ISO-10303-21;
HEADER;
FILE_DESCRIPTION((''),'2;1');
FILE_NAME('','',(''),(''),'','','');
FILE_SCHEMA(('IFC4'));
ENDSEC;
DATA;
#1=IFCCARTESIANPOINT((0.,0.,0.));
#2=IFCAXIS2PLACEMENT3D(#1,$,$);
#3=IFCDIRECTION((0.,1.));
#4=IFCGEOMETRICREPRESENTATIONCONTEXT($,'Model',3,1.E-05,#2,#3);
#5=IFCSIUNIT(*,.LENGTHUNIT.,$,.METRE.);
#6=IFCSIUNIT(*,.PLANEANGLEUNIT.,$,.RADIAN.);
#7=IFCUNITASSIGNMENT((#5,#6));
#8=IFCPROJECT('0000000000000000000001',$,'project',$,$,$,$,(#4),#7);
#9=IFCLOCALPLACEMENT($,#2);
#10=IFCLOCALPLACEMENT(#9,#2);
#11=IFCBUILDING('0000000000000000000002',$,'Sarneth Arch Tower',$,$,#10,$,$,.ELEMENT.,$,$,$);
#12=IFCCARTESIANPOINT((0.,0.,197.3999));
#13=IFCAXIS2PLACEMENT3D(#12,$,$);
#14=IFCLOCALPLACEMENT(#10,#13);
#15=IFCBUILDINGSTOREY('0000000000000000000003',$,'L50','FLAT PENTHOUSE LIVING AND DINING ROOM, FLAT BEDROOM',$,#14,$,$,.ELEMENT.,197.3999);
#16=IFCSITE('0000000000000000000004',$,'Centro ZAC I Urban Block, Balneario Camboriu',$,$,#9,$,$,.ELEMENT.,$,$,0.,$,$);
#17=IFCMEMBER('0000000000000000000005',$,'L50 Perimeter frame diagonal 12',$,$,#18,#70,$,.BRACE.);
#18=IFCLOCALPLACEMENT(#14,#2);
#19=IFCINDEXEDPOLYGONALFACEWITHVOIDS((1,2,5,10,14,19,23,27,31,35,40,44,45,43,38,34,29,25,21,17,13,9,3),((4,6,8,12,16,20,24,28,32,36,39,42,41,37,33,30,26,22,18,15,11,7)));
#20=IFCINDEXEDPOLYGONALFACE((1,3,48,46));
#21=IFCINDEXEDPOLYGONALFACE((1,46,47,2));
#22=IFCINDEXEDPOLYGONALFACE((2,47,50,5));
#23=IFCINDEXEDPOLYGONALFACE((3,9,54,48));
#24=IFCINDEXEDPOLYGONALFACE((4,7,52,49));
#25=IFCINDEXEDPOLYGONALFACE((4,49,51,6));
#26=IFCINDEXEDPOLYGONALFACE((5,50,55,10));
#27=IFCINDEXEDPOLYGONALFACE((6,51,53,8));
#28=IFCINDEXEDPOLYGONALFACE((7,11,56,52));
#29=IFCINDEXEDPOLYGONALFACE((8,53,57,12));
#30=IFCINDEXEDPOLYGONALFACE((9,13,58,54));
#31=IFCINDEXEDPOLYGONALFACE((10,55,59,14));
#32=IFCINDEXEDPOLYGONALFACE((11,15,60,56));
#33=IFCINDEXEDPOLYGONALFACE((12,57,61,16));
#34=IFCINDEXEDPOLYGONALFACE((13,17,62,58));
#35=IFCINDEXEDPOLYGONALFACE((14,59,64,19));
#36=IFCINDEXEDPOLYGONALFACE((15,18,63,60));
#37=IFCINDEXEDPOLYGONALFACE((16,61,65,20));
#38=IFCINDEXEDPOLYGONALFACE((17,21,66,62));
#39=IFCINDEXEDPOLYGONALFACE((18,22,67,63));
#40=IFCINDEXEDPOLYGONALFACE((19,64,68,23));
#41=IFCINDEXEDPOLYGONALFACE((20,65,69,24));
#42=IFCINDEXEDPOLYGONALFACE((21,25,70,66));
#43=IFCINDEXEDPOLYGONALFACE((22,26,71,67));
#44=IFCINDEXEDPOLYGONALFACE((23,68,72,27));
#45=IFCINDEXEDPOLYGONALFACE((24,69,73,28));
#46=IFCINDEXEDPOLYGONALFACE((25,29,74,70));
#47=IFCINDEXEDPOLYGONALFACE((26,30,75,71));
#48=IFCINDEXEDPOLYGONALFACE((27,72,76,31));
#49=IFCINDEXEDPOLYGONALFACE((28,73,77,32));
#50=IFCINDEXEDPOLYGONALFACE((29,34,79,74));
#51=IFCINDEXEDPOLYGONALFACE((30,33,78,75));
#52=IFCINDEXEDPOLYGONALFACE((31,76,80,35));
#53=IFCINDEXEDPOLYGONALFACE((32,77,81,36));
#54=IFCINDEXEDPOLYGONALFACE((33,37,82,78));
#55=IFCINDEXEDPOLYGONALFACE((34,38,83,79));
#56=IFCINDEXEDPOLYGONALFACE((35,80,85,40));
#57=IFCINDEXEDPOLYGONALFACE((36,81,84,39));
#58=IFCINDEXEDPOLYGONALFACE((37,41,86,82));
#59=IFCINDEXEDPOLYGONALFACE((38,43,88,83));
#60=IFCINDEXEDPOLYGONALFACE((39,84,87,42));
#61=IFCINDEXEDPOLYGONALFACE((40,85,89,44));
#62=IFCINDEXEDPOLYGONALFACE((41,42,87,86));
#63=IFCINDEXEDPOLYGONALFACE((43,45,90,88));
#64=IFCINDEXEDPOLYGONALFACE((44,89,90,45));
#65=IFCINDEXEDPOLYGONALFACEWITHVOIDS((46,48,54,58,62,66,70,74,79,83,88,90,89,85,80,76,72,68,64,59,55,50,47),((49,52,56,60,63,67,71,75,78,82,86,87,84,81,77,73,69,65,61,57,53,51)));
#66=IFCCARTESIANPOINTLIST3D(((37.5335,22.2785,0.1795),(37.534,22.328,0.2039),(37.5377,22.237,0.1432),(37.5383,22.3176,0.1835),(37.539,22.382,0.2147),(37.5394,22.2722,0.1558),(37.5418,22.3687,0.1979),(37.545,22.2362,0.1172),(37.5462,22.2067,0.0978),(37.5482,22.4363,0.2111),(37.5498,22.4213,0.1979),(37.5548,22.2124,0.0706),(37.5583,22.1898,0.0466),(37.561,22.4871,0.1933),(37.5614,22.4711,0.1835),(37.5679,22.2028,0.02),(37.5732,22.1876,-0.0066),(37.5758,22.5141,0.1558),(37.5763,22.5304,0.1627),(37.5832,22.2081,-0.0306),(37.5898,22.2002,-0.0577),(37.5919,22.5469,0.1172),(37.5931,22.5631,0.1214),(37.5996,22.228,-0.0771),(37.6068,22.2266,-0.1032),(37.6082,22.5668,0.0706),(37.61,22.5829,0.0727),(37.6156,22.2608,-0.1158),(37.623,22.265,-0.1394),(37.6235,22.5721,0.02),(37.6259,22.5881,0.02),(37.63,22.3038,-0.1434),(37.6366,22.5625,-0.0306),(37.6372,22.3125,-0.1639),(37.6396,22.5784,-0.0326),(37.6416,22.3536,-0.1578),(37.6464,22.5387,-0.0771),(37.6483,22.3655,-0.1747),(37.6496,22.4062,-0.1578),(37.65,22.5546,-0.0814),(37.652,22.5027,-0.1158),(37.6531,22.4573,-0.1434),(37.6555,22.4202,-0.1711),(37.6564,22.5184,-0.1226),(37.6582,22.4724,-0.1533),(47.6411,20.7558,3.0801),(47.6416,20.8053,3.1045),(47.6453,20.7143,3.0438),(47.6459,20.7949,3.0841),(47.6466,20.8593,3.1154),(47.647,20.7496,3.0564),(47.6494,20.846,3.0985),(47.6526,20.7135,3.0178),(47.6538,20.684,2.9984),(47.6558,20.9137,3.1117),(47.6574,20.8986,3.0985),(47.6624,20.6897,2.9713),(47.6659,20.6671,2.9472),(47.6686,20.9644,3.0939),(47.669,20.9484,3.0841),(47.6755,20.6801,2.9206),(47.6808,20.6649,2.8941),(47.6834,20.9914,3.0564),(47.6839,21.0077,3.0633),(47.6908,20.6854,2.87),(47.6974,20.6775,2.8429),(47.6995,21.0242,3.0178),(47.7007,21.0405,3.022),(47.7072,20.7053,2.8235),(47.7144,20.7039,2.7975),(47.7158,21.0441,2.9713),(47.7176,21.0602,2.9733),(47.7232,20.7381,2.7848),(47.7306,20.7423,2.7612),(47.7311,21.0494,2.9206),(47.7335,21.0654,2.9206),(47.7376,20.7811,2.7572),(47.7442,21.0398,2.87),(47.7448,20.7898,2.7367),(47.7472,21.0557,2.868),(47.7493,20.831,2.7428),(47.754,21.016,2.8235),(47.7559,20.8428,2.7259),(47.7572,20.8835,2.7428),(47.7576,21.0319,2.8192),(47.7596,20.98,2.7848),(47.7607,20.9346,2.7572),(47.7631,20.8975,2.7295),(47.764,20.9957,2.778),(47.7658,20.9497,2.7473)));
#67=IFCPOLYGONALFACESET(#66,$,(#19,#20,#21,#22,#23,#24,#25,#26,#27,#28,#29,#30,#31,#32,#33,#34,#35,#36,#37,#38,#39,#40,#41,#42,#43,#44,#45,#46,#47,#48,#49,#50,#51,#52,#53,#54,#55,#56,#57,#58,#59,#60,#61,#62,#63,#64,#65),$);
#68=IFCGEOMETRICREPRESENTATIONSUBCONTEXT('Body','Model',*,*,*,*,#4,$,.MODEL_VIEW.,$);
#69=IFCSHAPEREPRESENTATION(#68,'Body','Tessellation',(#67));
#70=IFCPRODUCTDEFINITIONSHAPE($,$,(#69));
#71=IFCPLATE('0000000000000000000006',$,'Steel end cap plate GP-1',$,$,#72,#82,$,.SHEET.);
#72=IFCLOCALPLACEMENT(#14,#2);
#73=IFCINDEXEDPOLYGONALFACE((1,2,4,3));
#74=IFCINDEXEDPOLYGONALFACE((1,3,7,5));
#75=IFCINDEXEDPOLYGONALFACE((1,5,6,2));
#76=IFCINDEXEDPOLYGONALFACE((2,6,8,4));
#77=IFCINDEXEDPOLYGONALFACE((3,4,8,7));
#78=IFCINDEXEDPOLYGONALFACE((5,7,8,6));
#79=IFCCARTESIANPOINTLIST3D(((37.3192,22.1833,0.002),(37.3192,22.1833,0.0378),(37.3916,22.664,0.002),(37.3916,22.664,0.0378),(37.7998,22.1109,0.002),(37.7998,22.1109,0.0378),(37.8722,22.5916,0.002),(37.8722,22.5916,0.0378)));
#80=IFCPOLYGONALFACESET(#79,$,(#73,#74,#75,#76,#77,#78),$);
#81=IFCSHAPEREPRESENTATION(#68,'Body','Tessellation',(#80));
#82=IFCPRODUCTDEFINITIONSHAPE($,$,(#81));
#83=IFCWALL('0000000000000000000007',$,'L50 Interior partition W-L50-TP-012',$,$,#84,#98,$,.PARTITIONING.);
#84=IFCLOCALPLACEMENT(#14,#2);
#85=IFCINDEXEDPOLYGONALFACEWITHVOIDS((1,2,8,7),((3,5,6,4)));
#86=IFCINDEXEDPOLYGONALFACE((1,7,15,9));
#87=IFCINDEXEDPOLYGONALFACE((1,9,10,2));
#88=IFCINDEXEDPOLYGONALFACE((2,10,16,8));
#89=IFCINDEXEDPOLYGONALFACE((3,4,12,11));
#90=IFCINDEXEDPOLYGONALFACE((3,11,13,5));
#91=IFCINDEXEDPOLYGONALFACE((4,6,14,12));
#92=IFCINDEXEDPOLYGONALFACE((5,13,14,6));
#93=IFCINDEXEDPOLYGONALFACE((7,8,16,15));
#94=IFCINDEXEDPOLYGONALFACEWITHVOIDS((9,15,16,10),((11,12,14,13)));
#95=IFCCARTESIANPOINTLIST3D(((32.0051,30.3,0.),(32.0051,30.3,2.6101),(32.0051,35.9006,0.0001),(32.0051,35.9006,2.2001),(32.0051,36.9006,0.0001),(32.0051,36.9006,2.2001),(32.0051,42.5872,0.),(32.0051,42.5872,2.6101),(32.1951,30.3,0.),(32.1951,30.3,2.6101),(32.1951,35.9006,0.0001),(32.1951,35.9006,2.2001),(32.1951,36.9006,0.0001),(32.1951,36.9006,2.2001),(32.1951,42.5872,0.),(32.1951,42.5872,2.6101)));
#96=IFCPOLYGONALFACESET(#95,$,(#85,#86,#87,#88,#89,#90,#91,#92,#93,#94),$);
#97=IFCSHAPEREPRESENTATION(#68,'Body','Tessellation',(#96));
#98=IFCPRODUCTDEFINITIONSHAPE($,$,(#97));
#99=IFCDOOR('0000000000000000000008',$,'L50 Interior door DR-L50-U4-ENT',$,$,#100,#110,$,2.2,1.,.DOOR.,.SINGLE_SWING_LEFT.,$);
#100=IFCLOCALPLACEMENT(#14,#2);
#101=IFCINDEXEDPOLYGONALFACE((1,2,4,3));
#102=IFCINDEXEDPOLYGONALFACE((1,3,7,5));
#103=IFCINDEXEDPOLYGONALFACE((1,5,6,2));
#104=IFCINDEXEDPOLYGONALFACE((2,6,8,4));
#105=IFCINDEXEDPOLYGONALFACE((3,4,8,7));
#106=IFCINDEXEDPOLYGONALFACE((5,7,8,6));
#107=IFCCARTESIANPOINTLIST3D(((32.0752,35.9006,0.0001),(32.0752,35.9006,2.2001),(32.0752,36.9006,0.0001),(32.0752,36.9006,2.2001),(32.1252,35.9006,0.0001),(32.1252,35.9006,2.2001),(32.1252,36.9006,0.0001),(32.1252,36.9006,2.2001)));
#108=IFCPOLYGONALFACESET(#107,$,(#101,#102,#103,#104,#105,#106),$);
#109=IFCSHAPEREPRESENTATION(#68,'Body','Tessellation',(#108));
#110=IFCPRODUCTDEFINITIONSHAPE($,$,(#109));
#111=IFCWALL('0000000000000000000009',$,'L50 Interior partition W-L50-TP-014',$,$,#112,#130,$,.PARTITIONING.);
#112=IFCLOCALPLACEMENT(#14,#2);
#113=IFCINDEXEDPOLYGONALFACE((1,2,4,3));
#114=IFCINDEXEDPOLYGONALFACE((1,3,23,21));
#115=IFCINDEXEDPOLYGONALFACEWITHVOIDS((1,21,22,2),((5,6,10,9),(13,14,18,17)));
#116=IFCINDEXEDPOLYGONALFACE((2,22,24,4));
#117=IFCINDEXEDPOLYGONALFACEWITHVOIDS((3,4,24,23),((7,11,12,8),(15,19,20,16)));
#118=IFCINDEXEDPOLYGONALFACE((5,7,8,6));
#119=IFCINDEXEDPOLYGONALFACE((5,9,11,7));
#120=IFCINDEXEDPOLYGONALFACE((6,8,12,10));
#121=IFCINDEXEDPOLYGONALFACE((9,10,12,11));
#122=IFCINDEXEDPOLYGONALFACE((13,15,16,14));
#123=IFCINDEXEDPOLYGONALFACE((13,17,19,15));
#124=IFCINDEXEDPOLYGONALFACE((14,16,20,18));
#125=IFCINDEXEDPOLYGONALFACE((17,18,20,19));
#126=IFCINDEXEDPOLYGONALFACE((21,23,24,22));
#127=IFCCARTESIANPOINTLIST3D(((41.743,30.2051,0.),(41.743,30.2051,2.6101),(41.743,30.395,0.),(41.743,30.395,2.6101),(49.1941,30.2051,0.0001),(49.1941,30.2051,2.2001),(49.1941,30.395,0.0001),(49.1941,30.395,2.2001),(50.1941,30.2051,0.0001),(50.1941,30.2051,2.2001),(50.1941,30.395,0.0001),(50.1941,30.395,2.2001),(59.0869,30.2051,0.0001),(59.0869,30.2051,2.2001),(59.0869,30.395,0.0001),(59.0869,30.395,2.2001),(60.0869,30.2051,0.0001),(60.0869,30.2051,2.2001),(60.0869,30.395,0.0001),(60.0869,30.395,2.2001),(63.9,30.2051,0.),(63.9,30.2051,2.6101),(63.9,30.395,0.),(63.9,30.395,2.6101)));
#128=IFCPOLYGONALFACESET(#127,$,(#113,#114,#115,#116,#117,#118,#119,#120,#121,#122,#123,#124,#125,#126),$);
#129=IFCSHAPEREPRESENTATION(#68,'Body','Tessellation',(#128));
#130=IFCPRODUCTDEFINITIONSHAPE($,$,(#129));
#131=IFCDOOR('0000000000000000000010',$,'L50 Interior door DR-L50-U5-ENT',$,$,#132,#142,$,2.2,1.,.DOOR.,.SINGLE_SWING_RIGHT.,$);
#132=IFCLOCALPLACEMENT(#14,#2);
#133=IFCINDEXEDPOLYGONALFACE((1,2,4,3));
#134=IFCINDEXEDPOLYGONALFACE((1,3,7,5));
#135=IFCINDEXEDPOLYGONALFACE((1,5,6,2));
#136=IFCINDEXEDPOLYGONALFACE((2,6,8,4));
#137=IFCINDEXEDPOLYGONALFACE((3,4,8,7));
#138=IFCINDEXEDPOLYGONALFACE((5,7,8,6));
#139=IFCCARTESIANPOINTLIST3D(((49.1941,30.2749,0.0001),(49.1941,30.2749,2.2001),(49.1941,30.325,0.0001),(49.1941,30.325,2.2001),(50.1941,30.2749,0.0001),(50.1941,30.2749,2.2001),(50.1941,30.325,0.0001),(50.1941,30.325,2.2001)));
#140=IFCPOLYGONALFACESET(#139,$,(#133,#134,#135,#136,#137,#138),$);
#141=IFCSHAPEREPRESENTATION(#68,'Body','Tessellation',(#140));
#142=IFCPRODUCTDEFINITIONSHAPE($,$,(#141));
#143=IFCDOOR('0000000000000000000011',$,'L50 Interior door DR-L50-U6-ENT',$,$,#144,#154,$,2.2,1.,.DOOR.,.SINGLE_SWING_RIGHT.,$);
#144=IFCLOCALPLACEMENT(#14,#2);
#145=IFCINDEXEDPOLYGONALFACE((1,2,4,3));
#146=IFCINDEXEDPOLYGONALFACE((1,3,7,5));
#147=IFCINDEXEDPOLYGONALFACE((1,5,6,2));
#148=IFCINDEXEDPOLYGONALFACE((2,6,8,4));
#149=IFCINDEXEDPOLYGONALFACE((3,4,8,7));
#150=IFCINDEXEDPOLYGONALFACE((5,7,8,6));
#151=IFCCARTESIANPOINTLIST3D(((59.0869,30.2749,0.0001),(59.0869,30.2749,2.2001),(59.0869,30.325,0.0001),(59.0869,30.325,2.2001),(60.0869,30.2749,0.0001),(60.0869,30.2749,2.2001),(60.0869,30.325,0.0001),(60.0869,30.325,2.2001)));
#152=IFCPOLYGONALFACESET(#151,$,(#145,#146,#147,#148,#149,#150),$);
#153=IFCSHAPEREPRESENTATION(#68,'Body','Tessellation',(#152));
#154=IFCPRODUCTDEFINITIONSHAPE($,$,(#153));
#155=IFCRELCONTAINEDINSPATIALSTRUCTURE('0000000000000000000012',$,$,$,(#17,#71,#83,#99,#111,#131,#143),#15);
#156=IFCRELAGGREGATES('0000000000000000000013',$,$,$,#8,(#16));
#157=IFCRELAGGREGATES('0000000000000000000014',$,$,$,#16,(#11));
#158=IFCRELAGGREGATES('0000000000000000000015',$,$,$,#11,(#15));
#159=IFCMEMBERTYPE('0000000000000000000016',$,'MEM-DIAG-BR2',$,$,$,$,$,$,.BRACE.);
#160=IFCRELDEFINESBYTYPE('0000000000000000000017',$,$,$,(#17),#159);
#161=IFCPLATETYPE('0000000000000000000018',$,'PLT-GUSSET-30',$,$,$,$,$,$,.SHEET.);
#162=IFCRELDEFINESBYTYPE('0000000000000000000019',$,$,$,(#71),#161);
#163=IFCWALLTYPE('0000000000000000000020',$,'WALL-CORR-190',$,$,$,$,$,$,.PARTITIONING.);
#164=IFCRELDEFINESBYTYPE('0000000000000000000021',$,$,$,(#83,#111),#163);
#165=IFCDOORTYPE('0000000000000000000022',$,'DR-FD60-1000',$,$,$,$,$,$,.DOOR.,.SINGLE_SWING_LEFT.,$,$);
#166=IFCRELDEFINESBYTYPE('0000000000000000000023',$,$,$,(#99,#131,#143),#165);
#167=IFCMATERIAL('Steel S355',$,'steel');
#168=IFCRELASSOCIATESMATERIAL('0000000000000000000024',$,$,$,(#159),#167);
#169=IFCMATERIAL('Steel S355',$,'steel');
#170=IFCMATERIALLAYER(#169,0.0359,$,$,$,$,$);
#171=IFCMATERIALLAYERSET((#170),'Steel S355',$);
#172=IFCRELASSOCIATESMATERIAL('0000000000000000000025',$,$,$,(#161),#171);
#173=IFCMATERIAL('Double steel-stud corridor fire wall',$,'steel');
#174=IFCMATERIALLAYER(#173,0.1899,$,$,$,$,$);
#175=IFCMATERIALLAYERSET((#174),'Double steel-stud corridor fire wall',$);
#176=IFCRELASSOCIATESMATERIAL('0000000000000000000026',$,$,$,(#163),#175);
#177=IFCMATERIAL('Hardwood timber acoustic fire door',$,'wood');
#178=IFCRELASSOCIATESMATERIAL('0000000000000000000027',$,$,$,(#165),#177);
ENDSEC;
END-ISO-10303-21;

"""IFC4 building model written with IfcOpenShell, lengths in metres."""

from ifc_helpers import new_model, si_unit, direction, frame, frame_2d, origin, origin_2d, place, context, subcontext, project, spatial, rectangle, hollow_circle, extrude, material, layer, layer_set, material_profile, profile_set, type_object, element, fill, save


model = new_model("IFC4")

# Units and contexts
model_context = context("Model", 3, precision=1e-05, world=origin(), true_north=direction((0.0, 1.0)))
body_context = subcontext(model_context, "Body", "Model", "MODEL_VIEW")
ifc_project = project(units=[si_unit("LENGTHUNIT", "METRE"), si_unit("PLANEANGLEUNIT", "RADIAN")], contexts=[model_context])

# Site, building, storey
site_placement = place(None, origin())
site = spatial("IfcSite", under=ifc_project, at=site_placement, Name="Centro ZAC I Urban Block, Balneario Camboriu", CompositionType="ELEMENT", RefElevation=0.0)
building_placement = place(site_placement, origin())
building = spatial("IfcBuilding", under=site, at=building_placement, Name="Sarneth Arch Tower", CompositionType="ELEMENT")
storey_placement = place(building_placement, frame((0.0, 0.0, 197.3999)))
storey = spatial("IfcBuildingStorey", under=building, at=storey_placement, Name="L50", Description="FLAT PENTHOUSE LIVING AND DINING ROOM, FLAT BEDROOM", CompositionType="ELEMENT", Elevation=197.3999)

# Member
ifc_material_1 = material(Name="Steel S355", Category="steel")
ifc_material_profile_1 = material_profile(ifc_material_1, hollow_circle(Radius=0.2029, WallThickness=0.0161, at=origin_2d()), Name="CHS406x16")
ifc_profile_set_1 = profile_set([ifc_material_profile_1], Name="Steel S355")
member_type = type_object("IfcMemberType", Name="MEM-DIAG-BR2", PredefinedType="BRACE", material=ifc_profile_set_1)
member_placement = place(storey_placement, frame((37.5957, 22.3875, 0.02), z_axis=(0.951282, -0.143309, 0.272993), x_axis=(0.148968, 0.988842, 0.0)))
element("IfcMember", 1, at=member_placement, inside=storey, type_object=member_type, Name="L50 Perimeter frame diagonal 12", PredefinedType="BRACE", context=body_context, shape_type="SweptSolid", body=[
    extrude(hollow_circle(Radius=0.2029, WallThickness=0.0161, at=origin_2d()), origin(), (0.0, 0.0, 1.0), 10.6252),
])

# Plate
ifc_material_2 = material(Name="Steel S355", Category="steel")
ifc_layer_1 = layer(ifc_material_2, 0.0359)
ifc_layer_set_1 = layer_set([ifc_layer_1], Name="Steel S355")
plate_type = type_object("IfcPlateType", Name="PLT-GUSSET-30", PredefinedType="SHEET", material=ifc_layer_set_1)
plate_placement = place(storey_placement, frame((37.5957, 22.3875, 0.002), z_axis=(0.0, 0.0, 1.0), x_axis=(0.988835, -0.149018, 0.0)))
element("IfcPlate", 2, at=plate_placement, inside=storey, type_object=plate_type, Name="Steel end cap plate GP-1", PredefinedType="SHEET", context=body_context, shape_type="SweptSolid", body=[
    extrude(rectangle(XDim=0.4861, YDim=0.4861, at=origin_2d()), origin(), (0.0, 0.0, 1.0), 0.0359),
])

# Wall, opening, door
ifc_material_3 = material(Name="Double steel-stud corridor fire wall", Category="steel")
ifc_layer_2 = layer(ifc_material_3, 0.1899)
ifc_layer_set_2 = layer_set([ifc_layer_2], Name="Double steel-stud corridor fire wall")
wall_type_1 = type_object("IfcWallType", Name="WALL-CORR-190", PredefinedType="PARTITIONING", material=ifc_layer_set_2)
wall_1_placement = place(storey_placement, frame((32.1001, 30.3, 0.0), z_axis=(0.0, 0.0, 1.0), x_axis=(0.0, 1.0, 0.0)))
wall_1 = element("IfcWall", 3, at=wall_1_placement, inside=storey, type_object=wall_type_1, Name="L50 Interior partition W-L50-TP-012", PredefinedType="PARTITIONING", context=body_context, shape_type="SweptSolid", body=[
    extrude(rectangle(XDim=12.2871, YDim=0.1899, at=frame_2d((6.1436, 0.0))), origin(), (0.0, 0.0, 1.0), 2.6101),
])
opening_1_placement = place(wall_1_placement, frame((5.6006, 0.0, 0.0)))
opening_1 = element("IfcOpeningElement", 4, at=opening_1_placement, cuts=wall_1, PredefinedType="OPENING", context=body_context, shape_type="SweptSolid", body=[
    extrude(rectangle(XDim=1.0, YDim=2.2, at=frame_2d((0.5, 1.1001))), frame((0.0, 0.105, 0.0), z_axis=(0.0, -1.0, 0.0), x_axis=(1.0, 0.0, 0.0)), (0.0, 0.0, 1.0), 0.21),
])
ifc_material_4 = material(Name="Hardwood timber acoustic fire door", Category="wood")
door_type_1 = type_object("IfcDoorType", Name="DR-FD60-1000", OperationType="SINGLE_SWING_LEFT", PredefinedType="DOOR", material=ifc_material_4)
door_1_placement = place(opening_1_placement, origin())
door_1 = element("IfcDoor", 5, at=door_1_placement, inside=storey, type_object=door_type_1, Name="L50 Interior door DR-L50-U4-ENT", OperationType="SINGLE_SWING_LEFT", OverallHeight=2.2, OverallWidth=1.0, PredefinedType="DOOR", context=body_context, shape_type="SweptSolid", body=[
    extrude(rectangle(XDim=1.0, YDim=2.2, at=frame_2d((0.5, 1.1001))), frame((0.0, 0.0249, 0.0), z_axis=(0.0, -1.0, 0.0), x_axis=(1.0, 0.0, 0.0)), (0.0, 0.0, 1.0), 0.05),
])
fill(opening_1, door_1)

# Wall, openings, doors
wall_2_placement = place(storey_placement, frame((41.7429, 30.3, 0.0), z_axis=(0.0, 0.0, 1.0), x_axis=(1.0, 0.0, 0.0)))
wall_2 = element("IfcWall", 6, at=wall_2_placement, inside=storey, type_object=wall_type_1, Name="L50 Interior partition W-L50-TP-014", PredefinedType="PARTITIONING", context=body_context, shape_type="SweptSolid", body=[
    extrude(rectangle(XDim=22.157, YDim=0.1899, at=frame_2d((11.0786, 0.0))), origin(), (0.0, 0.0, 1.0), 2.6101),
])
opening_2_placement = place(wall_2_placement, frame((7.4512, 0.0, 0.0)))
opening_2 = element("IfcOpeningElement", 7, at=opening_2_placement, cuts=wall_2, PredefinedType="OPENING", context=body_context, shape_type="SweptSolid", body=[
    extrude(rectangle(XDim=1.0, YDim=2.2, at=frame_2d((0.5, 1.1001))), frame((0.0, 0.105, 0.0), z_axis=(0.0, -1.0, 0.0), x_axis=(1.0, 0.0, 0.0)), (0.0, 0.0, 1.0), 0.21),
])
opening_3_placement = place(wall_2_placement, frame((17.344, 0.0, 0.0)))
opening_3 = element("IfcOpeningElement", 8, at=opening_3_placement, cuts=wall_2, PredefinedType="OPENING", context=body_context, shape_type="SweptSolid", body=[
    extrude(rectangle(XDim=1.0, YDim=2.2, at=frame_2d((0.5, 1.1001))), frame((0.0, 0.105, 0.0), z_axis=(0.0, -1.0, 0.0), x_axis=(1.0, 0.0, 0.0)), (0.0, 0.0, 1.0), 0.21),
])
door_2_placement = place(opening_2_placement, origin())
door_2 = element("IfcDoor", 9, at=door_2_placement, inside=storey, type_object=door_type_1, Name="L50 Interior door DR-L50-U5-ENT", OperationType="SINGLE_SWING_RIGHT", OverallHeight=2.2, OverallWidth=1.0, PredefinedType="DOOR", context=body_context, shape_type="SweptSolid", body=[
    extrude(rectangle(XDim=1.0, YDim=2.2, at=frame_2d((0.5, 1.1001))), frame((0.0, 0.0249, 0.0), z_axis=(0.0, -1.0, 0.0), x_axis=(1.0, 0.0, 0.0)), (0.0, 0.0, 1.0), 0.05),
])
fill(opening_2, door_2)
door_3_placement = place(opening_3_placement, origin())
door_3 = element("IfcDoor", 10, at=door_3_placement, inside=storey, type_object=door_type_1, Name="L50 Interior door DR-L50-U6-ENT", OperationType="SINGLE_SWING_RIGHT", OverallHeight=2.2, OverallWidth=1.0, PredefinedType="DOOR", context=body_context, shape_type="SweptSolid", body=[
    extrude(rectangle(XDim=1.0, YDim=2.2, at=frame_2d((0.5, 1.1001))), frame((0.0, 0.0249, 0.0), z_axis=(0.0, -1.0, 0.0), x_axis=(1.0, 0.0, 0.0)), (0.0, 0.0, 1.0), 0.05),
])
fill(opening_3, door_3)

save(model, "model.ifc")
